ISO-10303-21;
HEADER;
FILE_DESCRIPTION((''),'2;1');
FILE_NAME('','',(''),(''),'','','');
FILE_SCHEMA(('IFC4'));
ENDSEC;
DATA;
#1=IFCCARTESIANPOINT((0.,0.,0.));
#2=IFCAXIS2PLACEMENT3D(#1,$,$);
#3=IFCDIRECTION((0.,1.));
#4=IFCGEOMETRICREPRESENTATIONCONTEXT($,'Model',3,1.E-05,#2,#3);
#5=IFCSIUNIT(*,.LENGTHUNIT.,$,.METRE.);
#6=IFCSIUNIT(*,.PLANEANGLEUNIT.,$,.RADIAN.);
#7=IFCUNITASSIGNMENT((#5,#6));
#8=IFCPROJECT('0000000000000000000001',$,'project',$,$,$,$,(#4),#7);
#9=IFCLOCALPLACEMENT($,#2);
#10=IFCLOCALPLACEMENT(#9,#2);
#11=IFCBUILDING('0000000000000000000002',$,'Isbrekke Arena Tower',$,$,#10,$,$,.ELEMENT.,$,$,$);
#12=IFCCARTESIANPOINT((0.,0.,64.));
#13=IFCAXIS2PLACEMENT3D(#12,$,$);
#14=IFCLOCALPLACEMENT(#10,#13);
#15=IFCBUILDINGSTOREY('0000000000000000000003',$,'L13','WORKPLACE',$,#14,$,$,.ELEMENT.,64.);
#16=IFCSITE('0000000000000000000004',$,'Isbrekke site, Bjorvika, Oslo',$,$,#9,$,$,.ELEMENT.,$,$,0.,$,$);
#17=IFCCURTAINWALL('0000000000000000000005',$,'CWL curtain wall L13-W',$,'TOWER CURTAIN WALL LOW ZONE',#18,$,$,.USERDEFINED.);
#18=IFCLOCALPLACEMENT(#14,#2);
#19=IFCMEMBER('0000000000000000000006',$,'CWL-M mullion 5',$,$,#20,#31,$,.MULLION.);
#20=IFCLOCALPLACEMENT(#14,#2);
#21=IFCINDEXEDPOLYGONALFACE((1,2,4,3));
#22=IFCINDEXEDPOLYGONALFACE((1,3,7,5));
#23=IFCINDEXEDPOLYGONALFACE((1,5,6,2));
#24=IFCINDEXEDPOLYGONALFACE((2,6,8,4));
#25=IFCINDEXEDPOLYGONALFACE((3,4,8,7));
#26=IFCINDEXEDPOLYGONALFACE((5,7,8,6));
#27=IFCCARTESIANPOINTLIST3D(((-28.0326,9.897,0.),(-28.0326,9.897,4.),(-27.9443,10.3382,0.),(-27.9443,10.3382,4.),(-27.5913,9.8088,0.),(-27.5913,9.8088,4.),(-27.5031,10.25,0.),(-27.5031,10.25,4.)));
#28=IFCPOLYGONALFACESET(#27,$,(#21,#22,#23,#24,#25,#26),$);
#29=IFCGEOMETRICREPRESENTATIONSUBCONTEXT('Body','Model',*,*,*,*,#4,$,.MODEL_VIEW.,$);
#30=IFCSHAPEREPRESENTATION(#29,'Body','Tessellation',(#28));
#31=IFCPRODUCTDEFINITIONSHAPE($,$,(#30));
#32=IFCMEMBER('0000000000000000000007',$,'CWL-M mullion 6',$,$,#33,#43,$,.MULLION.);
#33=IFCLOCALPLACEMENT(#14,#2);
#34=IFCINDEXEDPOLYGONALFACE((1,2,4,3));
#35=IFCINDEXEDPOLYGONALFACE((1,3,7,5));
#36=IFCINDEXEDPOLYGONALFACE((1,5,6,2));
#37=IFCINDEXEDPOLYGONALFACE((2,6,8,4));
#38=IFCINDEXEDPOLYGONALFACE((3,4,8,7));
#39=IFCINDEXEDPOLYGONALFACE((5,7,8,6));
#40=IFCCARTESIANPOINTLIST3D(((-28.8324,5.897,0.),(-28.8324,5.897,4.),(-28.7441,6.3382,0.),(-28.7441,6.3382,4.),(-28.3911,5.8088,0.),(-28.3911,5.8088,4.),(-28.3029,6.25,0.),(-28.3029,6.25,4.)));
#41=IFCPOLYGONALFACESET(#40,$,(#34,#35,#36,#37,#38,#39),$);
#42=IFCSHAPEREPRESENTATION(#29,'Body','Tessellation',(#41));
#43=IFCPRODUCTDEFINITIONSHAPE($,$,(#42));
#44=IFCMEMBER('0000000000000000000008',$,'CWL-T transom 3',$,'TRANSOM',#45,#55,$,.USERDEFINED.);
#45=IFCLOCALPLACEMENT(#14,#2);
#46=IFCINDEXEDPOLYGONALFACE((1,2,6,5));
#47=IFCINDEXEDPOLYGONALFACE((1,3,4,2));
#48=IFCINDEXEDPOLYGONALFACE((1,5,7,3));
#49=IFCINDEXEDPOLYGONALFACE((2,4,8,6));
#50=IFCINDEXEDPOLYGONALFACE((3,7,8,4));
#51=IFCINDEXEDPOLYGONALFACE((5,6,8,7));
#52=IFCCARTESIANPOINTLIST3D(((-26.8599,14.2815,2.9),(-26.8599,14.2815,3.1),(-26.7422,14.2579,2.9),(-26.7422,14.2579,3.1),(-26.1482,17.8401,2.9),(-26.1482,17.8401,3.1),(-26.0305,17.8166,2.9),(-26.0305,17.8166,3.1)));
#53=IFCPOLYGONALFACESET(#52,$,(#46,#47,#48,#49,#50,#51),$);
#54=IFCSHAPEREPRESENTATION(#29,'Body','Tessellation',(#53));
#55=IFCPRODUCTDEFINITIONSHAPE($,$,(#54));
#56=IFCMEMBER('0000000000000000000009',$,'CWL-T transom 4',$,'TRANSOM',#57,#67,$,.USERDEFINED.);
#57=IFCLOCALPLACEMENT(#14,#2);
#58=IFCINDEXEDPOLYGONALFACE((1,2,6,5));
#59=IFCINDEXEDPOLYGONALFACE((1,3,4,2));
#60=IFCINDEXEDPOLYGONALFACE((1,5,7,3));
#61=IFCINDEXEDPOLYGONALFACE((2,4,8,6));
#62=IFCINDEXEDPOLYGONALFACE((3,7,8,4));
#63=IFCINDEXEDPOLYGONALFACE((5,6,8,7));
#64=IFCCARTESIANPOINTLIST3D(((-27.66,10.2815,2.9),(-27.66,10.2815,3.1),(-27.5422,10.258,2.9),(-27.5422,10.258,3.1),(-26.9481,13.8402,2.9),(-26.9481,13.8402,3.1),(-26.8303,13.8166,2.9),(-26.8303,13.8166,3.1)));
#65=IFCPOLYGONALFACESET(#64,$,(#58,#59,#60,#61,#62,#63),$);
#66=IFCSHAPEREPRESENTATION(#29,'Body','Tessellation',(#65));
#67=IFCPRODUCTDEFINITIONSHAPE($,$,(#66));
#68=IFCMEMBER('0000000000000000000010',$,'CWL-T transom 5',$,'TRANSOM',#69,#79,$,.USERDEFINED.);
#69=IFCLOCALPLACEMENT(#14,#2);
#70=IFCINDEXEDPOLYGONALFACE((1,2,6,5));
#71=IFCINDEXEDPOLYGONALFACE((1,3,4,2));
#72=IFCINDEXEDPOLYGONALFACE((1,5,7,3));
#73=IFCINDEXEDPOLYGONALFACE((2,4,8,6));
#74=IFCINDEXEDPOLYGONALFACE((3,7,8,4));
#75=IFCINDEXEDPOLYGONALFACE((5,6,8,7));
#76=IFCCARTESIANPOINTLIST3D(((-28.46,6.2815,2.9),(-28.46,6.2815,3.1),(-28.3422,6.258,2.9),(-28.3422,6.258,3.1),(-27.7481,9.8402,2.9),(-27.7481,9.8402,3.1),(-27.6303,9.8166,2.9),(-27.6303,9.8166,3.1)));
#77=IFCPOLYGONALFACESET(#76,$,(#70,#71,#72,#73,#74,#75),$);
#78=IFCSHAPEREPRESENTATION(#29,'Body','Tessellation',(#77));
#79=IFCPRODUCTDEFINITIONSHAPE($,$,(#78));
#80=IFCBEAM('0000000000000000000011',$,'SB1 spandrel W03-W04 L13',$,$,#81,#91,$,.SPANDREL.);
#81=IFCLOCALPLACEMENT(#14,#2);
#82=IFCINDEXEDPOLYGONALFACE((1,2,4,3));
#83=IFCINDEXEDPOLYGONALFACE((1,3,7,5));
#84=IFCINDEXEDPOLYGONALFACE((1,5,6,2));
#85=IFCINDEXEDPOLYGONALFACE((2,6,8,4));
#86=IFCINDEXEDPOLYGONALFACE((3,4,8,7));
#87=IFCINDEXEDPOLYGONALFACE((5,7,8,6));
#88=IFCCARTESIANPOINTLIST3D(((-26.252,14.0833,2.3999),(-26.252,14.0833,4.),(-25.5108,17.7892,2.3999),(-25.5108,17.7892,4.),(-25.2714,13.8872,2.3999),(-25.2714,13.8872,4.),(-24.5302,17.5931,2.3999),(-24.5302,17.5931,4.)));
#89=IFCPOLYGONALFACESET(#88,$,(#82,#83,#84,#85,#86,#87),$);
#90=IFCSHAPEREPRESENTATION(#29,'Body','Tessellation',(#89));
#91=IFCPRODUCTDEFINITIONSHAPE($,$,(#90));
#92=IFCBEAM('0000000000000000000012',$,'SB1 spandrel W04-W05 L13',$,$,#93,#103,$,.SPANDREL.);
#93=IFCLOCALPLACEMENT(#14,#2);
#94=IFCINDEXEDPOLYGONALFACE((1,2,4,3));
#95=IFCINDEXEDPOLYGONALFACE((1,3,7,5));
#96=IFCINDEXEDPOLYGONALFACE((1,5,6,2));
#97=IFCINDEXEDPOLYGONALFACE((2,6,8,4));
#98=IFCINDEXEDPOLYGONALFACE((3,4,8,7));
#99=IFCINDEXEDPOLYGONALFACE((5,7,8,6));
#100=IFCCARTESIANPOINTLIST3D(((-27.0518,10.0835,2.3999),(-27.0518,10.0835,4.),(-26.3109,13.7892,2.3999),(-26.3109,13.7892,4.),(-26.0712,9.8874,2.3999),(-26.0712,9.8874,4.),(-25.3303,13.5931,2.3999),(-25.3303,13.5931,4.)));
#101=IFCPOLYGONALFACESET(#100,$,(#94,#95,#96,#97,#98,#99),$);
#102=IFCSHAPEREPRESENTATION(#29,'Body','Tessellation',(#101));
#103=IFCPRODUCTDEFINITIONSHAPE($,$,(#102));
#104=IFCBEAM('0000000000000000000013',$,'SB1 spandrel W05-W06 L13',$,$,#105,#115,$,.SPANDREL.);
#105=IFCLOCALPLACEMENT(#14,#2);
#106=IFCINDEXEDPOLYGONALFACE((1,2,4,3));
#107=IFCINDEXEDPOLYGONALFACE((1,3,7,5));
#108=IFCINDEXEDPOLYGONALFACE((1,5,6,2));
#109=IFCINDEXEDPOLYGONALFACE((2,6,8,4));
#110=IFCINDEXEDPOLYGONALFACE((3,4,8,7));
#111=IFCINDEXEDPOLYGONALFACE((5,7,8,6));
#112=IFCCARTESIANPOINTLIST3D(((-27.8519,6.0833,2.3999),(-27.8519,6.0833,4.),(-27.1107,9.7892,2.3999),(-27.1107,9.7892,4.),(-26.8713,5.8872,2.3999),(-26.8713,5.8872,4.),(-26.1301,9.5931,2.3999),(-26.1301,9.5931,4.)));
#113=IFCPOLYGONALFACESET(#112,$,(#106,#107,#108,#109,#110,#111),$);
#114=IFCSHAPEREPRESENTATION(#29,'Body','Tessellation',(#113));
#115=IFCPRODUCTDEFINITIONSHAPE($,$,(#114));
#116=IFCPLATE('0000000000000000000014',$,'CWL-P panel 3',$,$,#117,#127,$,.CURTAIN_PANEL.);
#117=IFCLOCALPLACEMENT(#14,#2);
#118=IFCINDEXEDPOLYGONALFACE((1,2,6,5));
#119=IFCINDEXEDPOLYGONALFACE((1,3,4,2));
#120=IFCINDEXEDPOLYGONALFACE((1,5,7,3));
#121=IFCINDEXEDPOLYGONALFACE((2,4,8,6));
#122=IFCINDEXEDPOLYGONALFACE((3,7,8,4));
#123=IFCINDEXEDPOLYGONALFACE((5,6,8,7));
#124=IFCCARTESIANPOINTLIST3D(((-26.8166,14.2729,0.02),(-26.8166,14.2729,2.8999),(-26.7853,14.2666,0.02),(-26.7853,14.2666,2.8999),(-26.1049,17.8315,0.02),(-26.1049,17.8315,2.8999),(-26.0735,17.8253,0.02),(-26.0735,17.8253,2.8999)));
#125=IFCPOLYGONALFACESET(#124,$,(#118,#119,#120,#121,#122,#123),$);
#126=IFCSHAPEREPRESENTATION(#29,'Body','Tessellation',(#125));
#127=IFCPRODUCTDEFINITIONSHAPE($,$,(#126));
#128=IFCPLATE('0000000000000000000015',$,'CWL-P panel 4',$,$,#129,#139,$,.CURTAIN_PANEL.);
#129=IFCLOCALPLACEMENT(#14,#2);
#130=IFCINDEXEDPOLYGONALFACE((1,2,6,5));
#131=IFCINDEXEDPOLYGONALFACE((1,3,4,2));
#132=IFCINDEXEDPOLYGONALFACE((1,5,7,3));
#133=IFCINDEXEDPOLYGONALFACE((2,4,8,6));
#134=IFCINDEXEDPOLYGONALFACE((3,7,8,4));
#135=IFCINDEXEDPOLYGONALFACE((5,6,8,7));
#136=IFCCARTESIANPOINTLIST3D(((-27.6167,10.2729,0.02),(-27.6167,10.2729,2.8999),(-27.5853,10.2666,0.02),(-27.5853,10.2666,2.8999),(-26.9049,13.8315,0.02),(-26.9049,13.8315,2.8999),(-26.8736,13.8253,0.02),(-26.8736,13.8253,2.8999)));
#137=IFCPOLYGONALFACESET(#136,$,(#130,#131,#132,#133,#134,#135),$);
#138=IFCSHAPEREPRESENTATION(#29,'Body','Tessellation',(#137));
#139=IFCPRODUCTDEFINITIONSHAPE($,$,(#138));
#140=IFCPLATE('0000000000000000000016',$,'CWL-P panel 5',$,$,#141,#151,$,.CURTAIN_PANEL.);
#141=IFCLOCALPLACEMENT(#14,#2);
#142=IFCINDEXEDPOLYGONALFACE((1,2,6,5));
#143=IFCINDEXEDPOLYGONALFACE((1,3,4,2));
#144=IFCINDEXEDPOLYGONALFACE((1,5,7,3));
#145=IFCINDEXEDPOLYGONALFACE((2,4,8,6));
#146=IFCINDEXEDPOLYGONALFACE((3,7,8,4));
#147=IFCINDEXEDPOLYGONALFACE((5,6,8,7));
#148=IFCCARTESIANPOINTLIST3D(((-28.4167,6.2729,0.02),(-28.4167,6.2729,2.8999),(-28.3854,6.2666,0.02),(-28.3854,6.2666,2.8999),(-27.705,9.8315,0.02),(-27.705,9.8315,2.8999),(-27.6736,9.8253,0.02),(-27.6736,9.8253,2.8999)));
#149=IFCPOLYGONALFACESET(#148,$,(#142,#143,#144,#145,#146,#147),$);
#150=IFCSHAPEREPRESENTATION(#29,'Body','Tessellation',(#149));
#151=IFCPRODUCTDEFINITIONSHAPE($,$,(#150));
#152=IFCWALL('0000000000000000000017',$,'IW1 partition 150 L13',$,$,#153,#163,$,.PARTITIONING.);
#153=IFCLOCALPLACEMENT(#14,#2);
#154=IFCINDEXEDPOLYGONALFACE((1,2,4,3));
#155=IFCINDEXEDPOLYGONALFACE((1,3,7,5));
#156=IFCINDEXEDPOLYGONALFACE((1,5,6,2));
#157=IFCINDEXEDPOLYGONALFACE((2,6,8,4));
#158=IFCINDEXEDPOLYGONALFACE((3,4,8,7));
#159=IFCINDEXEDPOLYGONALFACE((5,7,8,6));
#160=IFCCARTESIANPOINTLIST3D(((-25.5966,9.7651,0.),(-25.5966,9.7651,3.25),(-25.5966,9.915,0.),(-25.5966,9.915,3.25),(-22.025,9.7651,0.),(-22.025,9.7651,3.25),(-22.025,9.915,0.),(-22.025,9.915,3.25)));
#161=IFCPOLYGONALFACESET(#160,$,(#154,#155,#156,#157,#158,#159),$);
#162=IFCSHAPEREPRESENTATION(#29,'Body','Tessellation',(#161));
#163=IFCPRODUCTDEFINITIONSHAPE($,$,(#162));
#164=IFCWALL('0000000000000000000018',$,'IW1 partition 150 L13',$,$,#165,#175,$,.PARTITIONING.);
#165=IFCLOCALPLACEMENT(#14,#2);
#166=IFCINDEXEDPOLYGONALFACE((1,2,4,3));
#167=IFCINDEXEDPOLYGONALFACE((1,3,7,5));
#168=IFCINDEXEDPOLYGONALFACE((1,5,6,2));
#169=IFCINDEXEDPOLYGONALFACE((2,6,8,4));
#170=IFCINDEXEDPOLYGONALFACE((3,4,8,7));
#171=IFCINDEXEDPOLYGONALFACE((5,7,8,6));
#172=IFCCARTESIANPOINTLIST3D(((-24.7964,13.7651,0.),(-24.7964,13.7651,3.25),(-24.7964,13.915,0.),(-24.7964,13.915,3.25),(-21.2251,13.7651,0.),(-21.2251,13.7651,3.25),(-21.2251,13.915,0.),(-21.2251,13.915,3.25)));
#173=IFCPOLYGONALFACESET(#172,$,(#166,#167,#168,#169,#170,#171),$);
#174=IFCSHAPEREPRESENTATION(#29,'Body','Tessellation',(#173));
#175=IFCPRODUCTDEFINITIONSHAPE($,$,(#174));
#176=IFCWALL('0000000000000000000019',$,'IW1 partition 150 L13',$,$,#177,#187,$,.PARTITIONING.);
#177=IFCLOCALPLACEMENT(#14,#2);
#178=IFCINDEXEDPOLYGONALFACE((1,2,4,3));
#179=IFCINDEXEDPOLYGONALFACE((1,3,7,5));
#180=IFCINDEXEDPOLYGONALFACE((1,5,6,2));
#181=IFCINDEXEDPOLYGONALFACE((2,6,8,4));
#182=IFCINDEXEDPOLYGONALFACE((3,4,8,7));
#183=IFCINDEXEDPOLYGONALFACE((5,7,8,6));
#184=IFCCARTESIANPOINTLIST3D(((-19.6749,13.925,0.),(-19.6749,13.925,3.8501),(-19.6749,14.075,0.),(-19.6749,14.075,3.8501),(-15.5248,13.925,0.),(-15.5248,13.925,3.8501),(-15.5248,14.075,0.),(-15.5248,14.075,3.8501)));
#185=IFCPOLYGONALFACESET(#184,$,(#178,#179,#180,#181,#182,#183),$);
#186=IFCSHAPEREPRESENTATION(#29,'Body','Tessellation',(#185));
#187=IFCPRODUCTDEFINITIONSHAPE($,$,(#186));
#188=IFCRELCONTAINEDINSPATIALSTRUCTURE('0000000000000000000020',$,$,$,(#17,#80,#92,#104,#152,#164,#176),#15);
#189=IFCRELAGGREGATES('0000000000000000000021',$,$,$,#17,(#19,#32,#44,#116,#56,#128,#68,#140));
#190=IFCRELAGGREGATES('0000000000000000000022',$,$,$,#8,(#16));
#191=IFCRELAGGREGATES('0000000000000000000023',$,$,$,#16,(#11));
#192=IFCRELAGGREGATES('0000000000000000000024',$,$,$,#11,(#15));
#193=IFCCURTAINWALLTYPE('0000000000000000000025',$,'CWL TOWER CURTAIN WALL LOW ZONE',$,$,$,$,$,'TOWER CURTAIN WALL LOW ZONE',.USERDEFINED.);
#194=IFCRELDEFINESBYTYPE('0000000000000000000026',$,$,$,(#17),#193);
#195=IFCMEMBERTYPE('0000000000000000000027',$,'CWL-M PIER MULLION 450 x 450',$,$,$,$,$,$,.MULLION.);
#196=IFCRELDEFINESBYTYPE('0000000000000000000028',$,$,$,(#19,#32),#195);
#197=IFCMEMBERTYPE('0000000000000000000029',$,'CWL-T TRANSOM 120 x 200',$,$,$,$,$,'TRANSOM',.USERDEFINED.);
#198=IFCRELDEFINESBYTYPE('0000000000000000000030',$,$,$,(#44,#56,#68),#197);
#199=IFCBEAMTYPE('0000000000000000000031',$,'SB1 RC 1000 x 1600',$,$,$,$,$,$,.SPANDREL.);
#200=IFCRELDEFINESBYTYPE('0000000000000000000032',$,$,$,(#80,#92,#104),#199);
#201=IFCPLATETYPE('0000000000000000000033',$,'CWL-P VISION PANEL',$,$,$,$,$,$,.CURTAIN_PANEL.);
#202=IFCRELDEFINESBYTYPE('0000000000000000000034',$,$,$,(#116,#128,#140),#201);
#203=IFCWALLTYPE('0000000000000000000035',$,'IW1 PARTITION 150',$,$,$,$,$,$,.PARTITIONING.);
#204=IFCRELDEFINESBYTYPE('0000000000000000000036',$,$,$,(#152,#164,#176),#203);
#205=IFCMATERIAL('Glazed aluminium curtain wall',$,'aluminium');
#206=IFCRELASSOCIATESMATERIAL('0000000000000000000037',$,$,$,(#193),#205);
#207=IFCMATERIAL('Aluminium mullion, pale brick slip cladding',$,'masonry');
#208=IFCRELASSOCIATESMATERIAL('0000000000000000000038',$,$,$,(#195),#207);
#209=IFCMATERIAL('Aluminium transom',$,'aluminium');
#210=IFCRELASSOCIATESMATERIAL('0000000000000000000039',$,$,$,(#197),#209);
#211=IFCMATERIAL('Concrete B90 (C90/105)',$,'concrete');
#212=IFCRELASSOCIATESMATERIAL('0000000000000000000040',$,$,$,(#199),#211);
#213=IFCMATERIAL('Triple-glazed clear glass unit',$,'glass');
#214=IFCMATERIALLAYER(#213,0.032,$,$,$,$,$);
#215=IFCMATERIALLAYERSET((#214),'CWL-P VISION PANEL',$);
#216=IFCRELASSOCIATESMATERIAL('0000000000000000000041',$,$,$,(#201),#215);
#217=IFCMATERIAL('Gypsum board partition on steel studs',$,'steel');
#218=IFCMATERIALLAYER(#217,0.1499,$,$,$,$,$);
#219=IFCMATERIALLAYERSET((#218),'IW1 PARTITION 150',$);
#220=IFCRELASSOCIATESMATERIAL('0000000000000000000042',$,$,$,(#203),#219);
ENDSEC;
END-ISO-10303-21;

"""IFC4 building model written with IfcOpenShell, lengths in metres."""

from ifc_helpers import new_model, si_unit, direction, frame, frame_2d, origin, origin_2d, place, context, subcontext, project, spatial, rectangle, extrude, material, layer, layer_set, material_profile, profile_set, type_object, element, aggregate, save


model = new_model("IFC4")

# Units and contexts
model_context = context("Model", 3, precision=1e-05, world=origin(), true_north=direction((0.0, 1.0)))
body_context = subcontext(model_context, "Body", "Model", "MODEL_VIEW")
ifc_project = project(units=[si_unit("LENGTHUNIT", "METRE"), si_unit("PLANEANGLEUNIT", "RADIAN")], contexts=[model_context])

# Site, building, storey
site_placement = place(None, origin())
site = spatial("IfcSite", under=ifc_project, at=site_placement, Name="Isbrekke site, Bjorvika, Oslo", CompositionType="ELEMENT", RefElevation=0.0)
building_placement = place(site_placement, origin())
building = spatial("IfcBuilding", under=site, at=building_placement, Name="Isbrekke Arena Tower", CompositionType="ELEMENT")
storey_placement = place(building_placement, frame((0.0, 0.0, 64.0)))
storey = spatial("IfcBuildingStorey", under=building, at=storey_placement, Name="L13", Description="WORKPLACE", CompositionType="ELEMENT", Elevation=64.0)

# Curtain wall, members
ifc_material_1 = material(Name="Glazed aluminium curtain wall", Category="aluminium")
curtain_wall_type = type_object("IfcCurtainWallType", Name="CWL TOWER CURTAIN WALL LOW ZONE", ElementType="TOWER CURTAIN WALL LOW ZONE", PredefinedType="USERDEFINED", material=ifc_material_1)
curtain_wall_placement = place(storey_placement, origin())
curtain_wall = element("IfcCurtainWall", 1, at=curtain_wall_placement, inside=storey, type_object=curtain_wall_type, Name="CWL curtain wall L13-W", ObjectType="TOWER CURTAIN WALL LOW ZONE", PredefinedType="USERDEFINED")
ifc_material_2 = material(Name="Aluminium mullion, pale brick slip cladding", Category="masonry")
ifc_material_profile_1 = material_profile(ifc_material_2, rectangle(XDim=0.45, YDim=0.45, at=origin_2d()), Name="PIER 450X450")
ifc_profile_set_1 = profile_set([ifc_material_profile_1], Name="Aluminium mullion, pale brick slip cladding")
member_type_1 = type_object("IfcMemberType", Name="CWL-M PIER MULLION 450 x 450", PredefinedType="MULLION", material=ifc_profile_set_1)
member_1_placement = place(storey_placement, frame((-27.7678, 10.0735, 0.0), z_axis=(0.0, 0.0, 1.0), x_axis=(-0.196116, -0.980581, 0.0)))
member_1 = element("IfcMember", 2, at=member_1_placement, type_object=member_type_1, Name="CWL-M mullion 5", PredefinedType="MULLION", context=body_context, shape_type="SweptSolid", body=[
    extrude(rectangle(XDim=0.45, YDim=0.45, at=origin_2d()), origin(), (0.0, 0.0, 1.0), 4.0),
])
member_2_placement = place(storey_placement, frame((-28.5676, 6.0735, 0.0), z_axis=(0.0, 0.0, 1.0), x_axis=(-0.196116, -0.980581, 0.0)))
member_2 = element("IfcMember", 3, at=member_2_placement, type_object=member_type_1, Name="CWL-M mullion 6", PredefinedType="MULLION", context=body_context, shape_type="SweptSolid", body=[
    extrude(rectangle(XDim=0.45, YDim=0.45, at=origin_2d()), origin(), (0.0, 0.0, 1.0), 4.0),
])
ifc_material_3 = material(Name="Aluminium transom", Category="aluminium")
ifc_material_profile_2 = material_profile(ifc_material_3, rectangle(XDim=0.1201, YDim=0.2, at=origin_2d()), Name="TRANSOM 120X200")
ifc_profile_set_2 = profile_set([ifc_material_profile_2], Name="Aluminium transom")
member_type_2 = type_object("IfcMemberType", Name="CWL-T TRANSOM 120 x 200", ElementType="TRANSOM", PredefinedType="USERDEFINED", material=ifc_profile_set_2)
member_3_placement = place(storey_placement, frame((-26.0894, 17.8284, 3.0), z_axis=(-0.196103, -0.980583, 0.0), x_axis=(0.980583, -0.196103, 0.0)))
member_3 = element("IfcMember", 4, at=member_3_placement, type_object=member_type_2, Name="CWL-T transom 3", ObjectType="TRANSOM", PredefinedType="USERDEFINED", context=body_context, shape_type="SweptSolid", body=[
    extrude(rectangle(XDim=0.1201, YDim=0.2, at=origin_2d()), origin(), (0.0, 0.0, 1.0), 3.6292),
])
member_4_placement = place(storey_placement, frame((-26.8892, 13.8284, 3.0), z_axis=(-0.196168, -0.98057, 0.0), x_axis=(0.98057, -0.196168, 0.0)))
member_4 = element("IfcMember", 5, at=member_4_placement, type_object=member_type_2, Name="CWL-T transom 4", ObjectType="TRANSOM", PredefinedType="USERDEFINED", context=body_context, shape_type="SweptSolid", body=[
    extrude(rectangle(XDim=0.1201, YDim=0.2, at=origin_2d()), origin(), (0.0, 0.0, 1.0), 3.6292),
])
member_5_placement = place(storey_placement, frame((-27.6892, 9.8284, 3.0), z_axis=(-0.196168, -0.98057, 0.0), x_axis=(0.98057, -0.196168, 0.0)))
member_5 = element("IfcMember", 6, at=member_5_placement, type_object=member_type_2, Name="CWL-T transom 5", ObjectType="TRANSOM", PredefinedType="USERDEFINED", context=body_context, shape_type="SweptSolid", body=[
    extrude(rectangle(XDim=0.1201, YDim=0.2, at=origin_2d()), origin(), (0.0, 0.0, 1.0), 3.6292),
])

# Beams
ifc_material_4 = material(Name="Concrete B90 (C90/105)", Category="concrete")
ifc_material_profile_3 = material_profile(ifc_material_4, rectangle(XDim=1.0, YDim=1.6001, at=origin_2d()), Name="RC 1000x1600")
ifc_profile_set_3 = profile_set([ifc_material_profile_3], Name="Concrete B90 (C90/105)")
beam_type_1 = type_object("IfcBeamType", Name="SB1 RC 1000 x 1600", PredefinedType="SPANDREL", material=ifc_profile_set_3)
beam_1_placement = place(storey_placement, frame((-25.0205, 17.6912, 3.2), z_axis=(-0.196129, -0.980578, 0.0), x_axis=(0.980578, -0.196129, 0.0)))
element("IfcBeam", 7, at=beam_1_placement, inside=storey, type_object=beam_type_1, Name="SB1 spandrel W03-W04 L13", PredefinedType="SPANDREL", context=body_context, shape_type="SweptSolid", body=[
    extrude(rectangle(XDim=1.0, YDim=1.6001, at=origin_2d()), origin(), (0.0, 0.0, 1.0), 3.7793),
])
beam_2_placement = place(storey_placement, frame((-25.8206, 13.6912, 3.2), z_axis=(-0.196066, -0.980591, 0.0), x_axis=(0.980591, -0.196066, 0.0)))
element("IfcBeam", 8, at=beam_2_placement, inside=storey, type_object=beam_type_1, Name="SB1 spandrel W04-W05 L13", PredefinedType="SPANDREL", context=body_context, shape_type="SweptSolid", body=[
    extrude(rectangle(XDim=1.0, YDim=1.6001, at=origin_2d()), origin(), (0.0, 0.0, 1.0), 3.7791),
])
beam_3_placement = place(storey_placement, frame((-26.6204, 9.6912, 3.2), z_axis=(-0.196129, -0.980578, 0.0), x_axis=(0.980578, -0.196129, 0.0)))
element("IfcBeam", 9, at=beam_3_placement, inside=storey, type_object=beam_type_1, Name="SB1 spandrel W05-W06 L13", PredefinedType="SPANDREL", context=body_context, shape_type="SweptSolid", body=[
    extrude(rectangle(XDim=1.0, YDim=1.6001, at=origin_2d()), origin(), (0.0, 0.0, 1.0), 3.7793),
])

# Plates
ifc_material_5 = material(Name="Triple-glazed clear glass unit", Category="glass")
ifc_layer_1 = layer(ifc_material_5, 0.032)
ifc_layer_set_1 = layer_set([ifc_layer_1], Name="CWL-P VISION PANEL")
plate_type = type_object("IfcPlateType", Name="CWL-P VISION PANEL", PredefinedType="CURTAIN_PANEL", material=ifc_layer_set_1)
plate_1_placement = place(storey_placement, frame((-26.4451, 16.0491, 0.02), z_axis=(0.0, 0.0, 1.0), x_axis=(-0.196116, -0.980581, 0.0)))
plate_1 = element("IfcPlate", 10, at=plate_1_placement, type_object=plate_type, Name="CWL-P panel 3", PredefinedType="CURTAIN_PANEL", context=body_context, shape_type="SweptSolid", body=[
    extrude(rectangle(XDim=3.6292, YDim=0.032, at=origin_2d()), origin(), (0.0, 0.0, 1.0), 2.8799),
])
plate_2_placement = place(storey_placement, frame((-27.2451, 12.0491, 0.02), z_axis=(0.0, 0.0, 1.0), x_axis=(-0.196116, -0.980581, 0.0)))
plate_2 = element("IfcPlate", 11, at=plate_2_placement, type_object=plate_type, Name="CWL-P panel 4", PredefinedType="CURTAIN_PANEL", context=body_context, shape_type="SweptSolid", body=[
    extrude(rectangle(XDim=3.6292, YDim=0.032, at=origin_2d()), origin(), (0.0, 0.0, 1.0), 2.8799),
])
plate_3_placement = place(storey_placement, frame((-28.0452, 8.0491, 0.02), z_axis=(0.0, 0.0, 1.0), x_axis=(-0.196116, -0.980581, 0.0)))
plate_3 = element("IfcPlate", 12, at=plate_3_placement, type_object=plate_type, Name="CWL-P panel 5", PredefinedType="CURTAIN_PANEL", context=body_context, shape_type="SweptSolid", body=[
    extrude(rectangle(XDim=3.6292, YDim=0.032, at=origin_2d()), origin(), (0.0, 0.0, 1.0), 2.8799),
])
aggregate(curtain_wall, [member_1, member_2, member_3, plate_1, member_4, plate_2, member_5, plate_3])

# Walls
ifc_material_6 = material(Name="Gypsum board partition on steel studs", Category="steel")
ifc_layer_2 = layer(ifc_material_6, 0.1499)
ifc_layer_set_2 = layer_set([ifc_layer_2], Name="IW1 PARTITION 150")
wall_type_1 = type_object("IfcWallType", Name="IW1 PARTITION 150", PredefinedType="PARTITIONING", material=ifc_layer_set_2)
wall_1_placement = place(storey_placement, frame((-25.5964, 9.8401, 0.0), z_axis=(0.0, 0.0, 1.0), x_axis=(1.0, 0.0, 0.0)))
element("IfcWall", 13, at=wall_1_placement, inside=storey, type_object=wall_type_1, Name="IW1 partition 150 L13", PredefinedType="PARTITIONING", context=body_context, shape_type="SweptSolid", body=[
    extrude(rectangle(XDim=3.5715, YDim=0.1499, at=frame_2d((1.7856, 0.0))), origin(), (0.0, 0.0, 1.0), 3.25),
])
wall_2_placement = place(storey_placement, frame((-24.7964, 13.8401, 0.0), z_axis=(0.0, 0.0, 1.0), x_axis=(1.0, 0.0, 0.0)))
element("IfcWall", 14, at=wall_2_placement, inside=storey, type_object=wall_type_1, Name="IW1 partition 150 L13", PredefinedType="PARTITIONING", context=body_context, shape_type="SweptSolid", body=[
    extrude(rectangle(XDim=3.5713, YDim=0.1499, at=frame_2d((1.7856, 0.0))), origin(), (0.0, 0.0, 1.0), 3.25),
])
wall_3_placement = place(storey_placement, frame((-19.675, 14.0, 0.0), z_axis=(0.0, 0.0, 1.0), x_axis=(1.0, 0.0, 0.0)))
element("IfcWall", 15, at=wall_3_placement, inside=storey, type_object=wall_type_1, Name="IW1 partition 150 L13", PredefinedType="PARTITIONING", context=body_context, shape_type="SweptSolid", body=[
    extrude(rectangle(XDim=4.1501, YDim=0.1499, at=frame_2d((2.0752, 0.0))), origin(), (0.0, 0.0, 1.0), 3.8501),
])

save(model, "model.ifc")
